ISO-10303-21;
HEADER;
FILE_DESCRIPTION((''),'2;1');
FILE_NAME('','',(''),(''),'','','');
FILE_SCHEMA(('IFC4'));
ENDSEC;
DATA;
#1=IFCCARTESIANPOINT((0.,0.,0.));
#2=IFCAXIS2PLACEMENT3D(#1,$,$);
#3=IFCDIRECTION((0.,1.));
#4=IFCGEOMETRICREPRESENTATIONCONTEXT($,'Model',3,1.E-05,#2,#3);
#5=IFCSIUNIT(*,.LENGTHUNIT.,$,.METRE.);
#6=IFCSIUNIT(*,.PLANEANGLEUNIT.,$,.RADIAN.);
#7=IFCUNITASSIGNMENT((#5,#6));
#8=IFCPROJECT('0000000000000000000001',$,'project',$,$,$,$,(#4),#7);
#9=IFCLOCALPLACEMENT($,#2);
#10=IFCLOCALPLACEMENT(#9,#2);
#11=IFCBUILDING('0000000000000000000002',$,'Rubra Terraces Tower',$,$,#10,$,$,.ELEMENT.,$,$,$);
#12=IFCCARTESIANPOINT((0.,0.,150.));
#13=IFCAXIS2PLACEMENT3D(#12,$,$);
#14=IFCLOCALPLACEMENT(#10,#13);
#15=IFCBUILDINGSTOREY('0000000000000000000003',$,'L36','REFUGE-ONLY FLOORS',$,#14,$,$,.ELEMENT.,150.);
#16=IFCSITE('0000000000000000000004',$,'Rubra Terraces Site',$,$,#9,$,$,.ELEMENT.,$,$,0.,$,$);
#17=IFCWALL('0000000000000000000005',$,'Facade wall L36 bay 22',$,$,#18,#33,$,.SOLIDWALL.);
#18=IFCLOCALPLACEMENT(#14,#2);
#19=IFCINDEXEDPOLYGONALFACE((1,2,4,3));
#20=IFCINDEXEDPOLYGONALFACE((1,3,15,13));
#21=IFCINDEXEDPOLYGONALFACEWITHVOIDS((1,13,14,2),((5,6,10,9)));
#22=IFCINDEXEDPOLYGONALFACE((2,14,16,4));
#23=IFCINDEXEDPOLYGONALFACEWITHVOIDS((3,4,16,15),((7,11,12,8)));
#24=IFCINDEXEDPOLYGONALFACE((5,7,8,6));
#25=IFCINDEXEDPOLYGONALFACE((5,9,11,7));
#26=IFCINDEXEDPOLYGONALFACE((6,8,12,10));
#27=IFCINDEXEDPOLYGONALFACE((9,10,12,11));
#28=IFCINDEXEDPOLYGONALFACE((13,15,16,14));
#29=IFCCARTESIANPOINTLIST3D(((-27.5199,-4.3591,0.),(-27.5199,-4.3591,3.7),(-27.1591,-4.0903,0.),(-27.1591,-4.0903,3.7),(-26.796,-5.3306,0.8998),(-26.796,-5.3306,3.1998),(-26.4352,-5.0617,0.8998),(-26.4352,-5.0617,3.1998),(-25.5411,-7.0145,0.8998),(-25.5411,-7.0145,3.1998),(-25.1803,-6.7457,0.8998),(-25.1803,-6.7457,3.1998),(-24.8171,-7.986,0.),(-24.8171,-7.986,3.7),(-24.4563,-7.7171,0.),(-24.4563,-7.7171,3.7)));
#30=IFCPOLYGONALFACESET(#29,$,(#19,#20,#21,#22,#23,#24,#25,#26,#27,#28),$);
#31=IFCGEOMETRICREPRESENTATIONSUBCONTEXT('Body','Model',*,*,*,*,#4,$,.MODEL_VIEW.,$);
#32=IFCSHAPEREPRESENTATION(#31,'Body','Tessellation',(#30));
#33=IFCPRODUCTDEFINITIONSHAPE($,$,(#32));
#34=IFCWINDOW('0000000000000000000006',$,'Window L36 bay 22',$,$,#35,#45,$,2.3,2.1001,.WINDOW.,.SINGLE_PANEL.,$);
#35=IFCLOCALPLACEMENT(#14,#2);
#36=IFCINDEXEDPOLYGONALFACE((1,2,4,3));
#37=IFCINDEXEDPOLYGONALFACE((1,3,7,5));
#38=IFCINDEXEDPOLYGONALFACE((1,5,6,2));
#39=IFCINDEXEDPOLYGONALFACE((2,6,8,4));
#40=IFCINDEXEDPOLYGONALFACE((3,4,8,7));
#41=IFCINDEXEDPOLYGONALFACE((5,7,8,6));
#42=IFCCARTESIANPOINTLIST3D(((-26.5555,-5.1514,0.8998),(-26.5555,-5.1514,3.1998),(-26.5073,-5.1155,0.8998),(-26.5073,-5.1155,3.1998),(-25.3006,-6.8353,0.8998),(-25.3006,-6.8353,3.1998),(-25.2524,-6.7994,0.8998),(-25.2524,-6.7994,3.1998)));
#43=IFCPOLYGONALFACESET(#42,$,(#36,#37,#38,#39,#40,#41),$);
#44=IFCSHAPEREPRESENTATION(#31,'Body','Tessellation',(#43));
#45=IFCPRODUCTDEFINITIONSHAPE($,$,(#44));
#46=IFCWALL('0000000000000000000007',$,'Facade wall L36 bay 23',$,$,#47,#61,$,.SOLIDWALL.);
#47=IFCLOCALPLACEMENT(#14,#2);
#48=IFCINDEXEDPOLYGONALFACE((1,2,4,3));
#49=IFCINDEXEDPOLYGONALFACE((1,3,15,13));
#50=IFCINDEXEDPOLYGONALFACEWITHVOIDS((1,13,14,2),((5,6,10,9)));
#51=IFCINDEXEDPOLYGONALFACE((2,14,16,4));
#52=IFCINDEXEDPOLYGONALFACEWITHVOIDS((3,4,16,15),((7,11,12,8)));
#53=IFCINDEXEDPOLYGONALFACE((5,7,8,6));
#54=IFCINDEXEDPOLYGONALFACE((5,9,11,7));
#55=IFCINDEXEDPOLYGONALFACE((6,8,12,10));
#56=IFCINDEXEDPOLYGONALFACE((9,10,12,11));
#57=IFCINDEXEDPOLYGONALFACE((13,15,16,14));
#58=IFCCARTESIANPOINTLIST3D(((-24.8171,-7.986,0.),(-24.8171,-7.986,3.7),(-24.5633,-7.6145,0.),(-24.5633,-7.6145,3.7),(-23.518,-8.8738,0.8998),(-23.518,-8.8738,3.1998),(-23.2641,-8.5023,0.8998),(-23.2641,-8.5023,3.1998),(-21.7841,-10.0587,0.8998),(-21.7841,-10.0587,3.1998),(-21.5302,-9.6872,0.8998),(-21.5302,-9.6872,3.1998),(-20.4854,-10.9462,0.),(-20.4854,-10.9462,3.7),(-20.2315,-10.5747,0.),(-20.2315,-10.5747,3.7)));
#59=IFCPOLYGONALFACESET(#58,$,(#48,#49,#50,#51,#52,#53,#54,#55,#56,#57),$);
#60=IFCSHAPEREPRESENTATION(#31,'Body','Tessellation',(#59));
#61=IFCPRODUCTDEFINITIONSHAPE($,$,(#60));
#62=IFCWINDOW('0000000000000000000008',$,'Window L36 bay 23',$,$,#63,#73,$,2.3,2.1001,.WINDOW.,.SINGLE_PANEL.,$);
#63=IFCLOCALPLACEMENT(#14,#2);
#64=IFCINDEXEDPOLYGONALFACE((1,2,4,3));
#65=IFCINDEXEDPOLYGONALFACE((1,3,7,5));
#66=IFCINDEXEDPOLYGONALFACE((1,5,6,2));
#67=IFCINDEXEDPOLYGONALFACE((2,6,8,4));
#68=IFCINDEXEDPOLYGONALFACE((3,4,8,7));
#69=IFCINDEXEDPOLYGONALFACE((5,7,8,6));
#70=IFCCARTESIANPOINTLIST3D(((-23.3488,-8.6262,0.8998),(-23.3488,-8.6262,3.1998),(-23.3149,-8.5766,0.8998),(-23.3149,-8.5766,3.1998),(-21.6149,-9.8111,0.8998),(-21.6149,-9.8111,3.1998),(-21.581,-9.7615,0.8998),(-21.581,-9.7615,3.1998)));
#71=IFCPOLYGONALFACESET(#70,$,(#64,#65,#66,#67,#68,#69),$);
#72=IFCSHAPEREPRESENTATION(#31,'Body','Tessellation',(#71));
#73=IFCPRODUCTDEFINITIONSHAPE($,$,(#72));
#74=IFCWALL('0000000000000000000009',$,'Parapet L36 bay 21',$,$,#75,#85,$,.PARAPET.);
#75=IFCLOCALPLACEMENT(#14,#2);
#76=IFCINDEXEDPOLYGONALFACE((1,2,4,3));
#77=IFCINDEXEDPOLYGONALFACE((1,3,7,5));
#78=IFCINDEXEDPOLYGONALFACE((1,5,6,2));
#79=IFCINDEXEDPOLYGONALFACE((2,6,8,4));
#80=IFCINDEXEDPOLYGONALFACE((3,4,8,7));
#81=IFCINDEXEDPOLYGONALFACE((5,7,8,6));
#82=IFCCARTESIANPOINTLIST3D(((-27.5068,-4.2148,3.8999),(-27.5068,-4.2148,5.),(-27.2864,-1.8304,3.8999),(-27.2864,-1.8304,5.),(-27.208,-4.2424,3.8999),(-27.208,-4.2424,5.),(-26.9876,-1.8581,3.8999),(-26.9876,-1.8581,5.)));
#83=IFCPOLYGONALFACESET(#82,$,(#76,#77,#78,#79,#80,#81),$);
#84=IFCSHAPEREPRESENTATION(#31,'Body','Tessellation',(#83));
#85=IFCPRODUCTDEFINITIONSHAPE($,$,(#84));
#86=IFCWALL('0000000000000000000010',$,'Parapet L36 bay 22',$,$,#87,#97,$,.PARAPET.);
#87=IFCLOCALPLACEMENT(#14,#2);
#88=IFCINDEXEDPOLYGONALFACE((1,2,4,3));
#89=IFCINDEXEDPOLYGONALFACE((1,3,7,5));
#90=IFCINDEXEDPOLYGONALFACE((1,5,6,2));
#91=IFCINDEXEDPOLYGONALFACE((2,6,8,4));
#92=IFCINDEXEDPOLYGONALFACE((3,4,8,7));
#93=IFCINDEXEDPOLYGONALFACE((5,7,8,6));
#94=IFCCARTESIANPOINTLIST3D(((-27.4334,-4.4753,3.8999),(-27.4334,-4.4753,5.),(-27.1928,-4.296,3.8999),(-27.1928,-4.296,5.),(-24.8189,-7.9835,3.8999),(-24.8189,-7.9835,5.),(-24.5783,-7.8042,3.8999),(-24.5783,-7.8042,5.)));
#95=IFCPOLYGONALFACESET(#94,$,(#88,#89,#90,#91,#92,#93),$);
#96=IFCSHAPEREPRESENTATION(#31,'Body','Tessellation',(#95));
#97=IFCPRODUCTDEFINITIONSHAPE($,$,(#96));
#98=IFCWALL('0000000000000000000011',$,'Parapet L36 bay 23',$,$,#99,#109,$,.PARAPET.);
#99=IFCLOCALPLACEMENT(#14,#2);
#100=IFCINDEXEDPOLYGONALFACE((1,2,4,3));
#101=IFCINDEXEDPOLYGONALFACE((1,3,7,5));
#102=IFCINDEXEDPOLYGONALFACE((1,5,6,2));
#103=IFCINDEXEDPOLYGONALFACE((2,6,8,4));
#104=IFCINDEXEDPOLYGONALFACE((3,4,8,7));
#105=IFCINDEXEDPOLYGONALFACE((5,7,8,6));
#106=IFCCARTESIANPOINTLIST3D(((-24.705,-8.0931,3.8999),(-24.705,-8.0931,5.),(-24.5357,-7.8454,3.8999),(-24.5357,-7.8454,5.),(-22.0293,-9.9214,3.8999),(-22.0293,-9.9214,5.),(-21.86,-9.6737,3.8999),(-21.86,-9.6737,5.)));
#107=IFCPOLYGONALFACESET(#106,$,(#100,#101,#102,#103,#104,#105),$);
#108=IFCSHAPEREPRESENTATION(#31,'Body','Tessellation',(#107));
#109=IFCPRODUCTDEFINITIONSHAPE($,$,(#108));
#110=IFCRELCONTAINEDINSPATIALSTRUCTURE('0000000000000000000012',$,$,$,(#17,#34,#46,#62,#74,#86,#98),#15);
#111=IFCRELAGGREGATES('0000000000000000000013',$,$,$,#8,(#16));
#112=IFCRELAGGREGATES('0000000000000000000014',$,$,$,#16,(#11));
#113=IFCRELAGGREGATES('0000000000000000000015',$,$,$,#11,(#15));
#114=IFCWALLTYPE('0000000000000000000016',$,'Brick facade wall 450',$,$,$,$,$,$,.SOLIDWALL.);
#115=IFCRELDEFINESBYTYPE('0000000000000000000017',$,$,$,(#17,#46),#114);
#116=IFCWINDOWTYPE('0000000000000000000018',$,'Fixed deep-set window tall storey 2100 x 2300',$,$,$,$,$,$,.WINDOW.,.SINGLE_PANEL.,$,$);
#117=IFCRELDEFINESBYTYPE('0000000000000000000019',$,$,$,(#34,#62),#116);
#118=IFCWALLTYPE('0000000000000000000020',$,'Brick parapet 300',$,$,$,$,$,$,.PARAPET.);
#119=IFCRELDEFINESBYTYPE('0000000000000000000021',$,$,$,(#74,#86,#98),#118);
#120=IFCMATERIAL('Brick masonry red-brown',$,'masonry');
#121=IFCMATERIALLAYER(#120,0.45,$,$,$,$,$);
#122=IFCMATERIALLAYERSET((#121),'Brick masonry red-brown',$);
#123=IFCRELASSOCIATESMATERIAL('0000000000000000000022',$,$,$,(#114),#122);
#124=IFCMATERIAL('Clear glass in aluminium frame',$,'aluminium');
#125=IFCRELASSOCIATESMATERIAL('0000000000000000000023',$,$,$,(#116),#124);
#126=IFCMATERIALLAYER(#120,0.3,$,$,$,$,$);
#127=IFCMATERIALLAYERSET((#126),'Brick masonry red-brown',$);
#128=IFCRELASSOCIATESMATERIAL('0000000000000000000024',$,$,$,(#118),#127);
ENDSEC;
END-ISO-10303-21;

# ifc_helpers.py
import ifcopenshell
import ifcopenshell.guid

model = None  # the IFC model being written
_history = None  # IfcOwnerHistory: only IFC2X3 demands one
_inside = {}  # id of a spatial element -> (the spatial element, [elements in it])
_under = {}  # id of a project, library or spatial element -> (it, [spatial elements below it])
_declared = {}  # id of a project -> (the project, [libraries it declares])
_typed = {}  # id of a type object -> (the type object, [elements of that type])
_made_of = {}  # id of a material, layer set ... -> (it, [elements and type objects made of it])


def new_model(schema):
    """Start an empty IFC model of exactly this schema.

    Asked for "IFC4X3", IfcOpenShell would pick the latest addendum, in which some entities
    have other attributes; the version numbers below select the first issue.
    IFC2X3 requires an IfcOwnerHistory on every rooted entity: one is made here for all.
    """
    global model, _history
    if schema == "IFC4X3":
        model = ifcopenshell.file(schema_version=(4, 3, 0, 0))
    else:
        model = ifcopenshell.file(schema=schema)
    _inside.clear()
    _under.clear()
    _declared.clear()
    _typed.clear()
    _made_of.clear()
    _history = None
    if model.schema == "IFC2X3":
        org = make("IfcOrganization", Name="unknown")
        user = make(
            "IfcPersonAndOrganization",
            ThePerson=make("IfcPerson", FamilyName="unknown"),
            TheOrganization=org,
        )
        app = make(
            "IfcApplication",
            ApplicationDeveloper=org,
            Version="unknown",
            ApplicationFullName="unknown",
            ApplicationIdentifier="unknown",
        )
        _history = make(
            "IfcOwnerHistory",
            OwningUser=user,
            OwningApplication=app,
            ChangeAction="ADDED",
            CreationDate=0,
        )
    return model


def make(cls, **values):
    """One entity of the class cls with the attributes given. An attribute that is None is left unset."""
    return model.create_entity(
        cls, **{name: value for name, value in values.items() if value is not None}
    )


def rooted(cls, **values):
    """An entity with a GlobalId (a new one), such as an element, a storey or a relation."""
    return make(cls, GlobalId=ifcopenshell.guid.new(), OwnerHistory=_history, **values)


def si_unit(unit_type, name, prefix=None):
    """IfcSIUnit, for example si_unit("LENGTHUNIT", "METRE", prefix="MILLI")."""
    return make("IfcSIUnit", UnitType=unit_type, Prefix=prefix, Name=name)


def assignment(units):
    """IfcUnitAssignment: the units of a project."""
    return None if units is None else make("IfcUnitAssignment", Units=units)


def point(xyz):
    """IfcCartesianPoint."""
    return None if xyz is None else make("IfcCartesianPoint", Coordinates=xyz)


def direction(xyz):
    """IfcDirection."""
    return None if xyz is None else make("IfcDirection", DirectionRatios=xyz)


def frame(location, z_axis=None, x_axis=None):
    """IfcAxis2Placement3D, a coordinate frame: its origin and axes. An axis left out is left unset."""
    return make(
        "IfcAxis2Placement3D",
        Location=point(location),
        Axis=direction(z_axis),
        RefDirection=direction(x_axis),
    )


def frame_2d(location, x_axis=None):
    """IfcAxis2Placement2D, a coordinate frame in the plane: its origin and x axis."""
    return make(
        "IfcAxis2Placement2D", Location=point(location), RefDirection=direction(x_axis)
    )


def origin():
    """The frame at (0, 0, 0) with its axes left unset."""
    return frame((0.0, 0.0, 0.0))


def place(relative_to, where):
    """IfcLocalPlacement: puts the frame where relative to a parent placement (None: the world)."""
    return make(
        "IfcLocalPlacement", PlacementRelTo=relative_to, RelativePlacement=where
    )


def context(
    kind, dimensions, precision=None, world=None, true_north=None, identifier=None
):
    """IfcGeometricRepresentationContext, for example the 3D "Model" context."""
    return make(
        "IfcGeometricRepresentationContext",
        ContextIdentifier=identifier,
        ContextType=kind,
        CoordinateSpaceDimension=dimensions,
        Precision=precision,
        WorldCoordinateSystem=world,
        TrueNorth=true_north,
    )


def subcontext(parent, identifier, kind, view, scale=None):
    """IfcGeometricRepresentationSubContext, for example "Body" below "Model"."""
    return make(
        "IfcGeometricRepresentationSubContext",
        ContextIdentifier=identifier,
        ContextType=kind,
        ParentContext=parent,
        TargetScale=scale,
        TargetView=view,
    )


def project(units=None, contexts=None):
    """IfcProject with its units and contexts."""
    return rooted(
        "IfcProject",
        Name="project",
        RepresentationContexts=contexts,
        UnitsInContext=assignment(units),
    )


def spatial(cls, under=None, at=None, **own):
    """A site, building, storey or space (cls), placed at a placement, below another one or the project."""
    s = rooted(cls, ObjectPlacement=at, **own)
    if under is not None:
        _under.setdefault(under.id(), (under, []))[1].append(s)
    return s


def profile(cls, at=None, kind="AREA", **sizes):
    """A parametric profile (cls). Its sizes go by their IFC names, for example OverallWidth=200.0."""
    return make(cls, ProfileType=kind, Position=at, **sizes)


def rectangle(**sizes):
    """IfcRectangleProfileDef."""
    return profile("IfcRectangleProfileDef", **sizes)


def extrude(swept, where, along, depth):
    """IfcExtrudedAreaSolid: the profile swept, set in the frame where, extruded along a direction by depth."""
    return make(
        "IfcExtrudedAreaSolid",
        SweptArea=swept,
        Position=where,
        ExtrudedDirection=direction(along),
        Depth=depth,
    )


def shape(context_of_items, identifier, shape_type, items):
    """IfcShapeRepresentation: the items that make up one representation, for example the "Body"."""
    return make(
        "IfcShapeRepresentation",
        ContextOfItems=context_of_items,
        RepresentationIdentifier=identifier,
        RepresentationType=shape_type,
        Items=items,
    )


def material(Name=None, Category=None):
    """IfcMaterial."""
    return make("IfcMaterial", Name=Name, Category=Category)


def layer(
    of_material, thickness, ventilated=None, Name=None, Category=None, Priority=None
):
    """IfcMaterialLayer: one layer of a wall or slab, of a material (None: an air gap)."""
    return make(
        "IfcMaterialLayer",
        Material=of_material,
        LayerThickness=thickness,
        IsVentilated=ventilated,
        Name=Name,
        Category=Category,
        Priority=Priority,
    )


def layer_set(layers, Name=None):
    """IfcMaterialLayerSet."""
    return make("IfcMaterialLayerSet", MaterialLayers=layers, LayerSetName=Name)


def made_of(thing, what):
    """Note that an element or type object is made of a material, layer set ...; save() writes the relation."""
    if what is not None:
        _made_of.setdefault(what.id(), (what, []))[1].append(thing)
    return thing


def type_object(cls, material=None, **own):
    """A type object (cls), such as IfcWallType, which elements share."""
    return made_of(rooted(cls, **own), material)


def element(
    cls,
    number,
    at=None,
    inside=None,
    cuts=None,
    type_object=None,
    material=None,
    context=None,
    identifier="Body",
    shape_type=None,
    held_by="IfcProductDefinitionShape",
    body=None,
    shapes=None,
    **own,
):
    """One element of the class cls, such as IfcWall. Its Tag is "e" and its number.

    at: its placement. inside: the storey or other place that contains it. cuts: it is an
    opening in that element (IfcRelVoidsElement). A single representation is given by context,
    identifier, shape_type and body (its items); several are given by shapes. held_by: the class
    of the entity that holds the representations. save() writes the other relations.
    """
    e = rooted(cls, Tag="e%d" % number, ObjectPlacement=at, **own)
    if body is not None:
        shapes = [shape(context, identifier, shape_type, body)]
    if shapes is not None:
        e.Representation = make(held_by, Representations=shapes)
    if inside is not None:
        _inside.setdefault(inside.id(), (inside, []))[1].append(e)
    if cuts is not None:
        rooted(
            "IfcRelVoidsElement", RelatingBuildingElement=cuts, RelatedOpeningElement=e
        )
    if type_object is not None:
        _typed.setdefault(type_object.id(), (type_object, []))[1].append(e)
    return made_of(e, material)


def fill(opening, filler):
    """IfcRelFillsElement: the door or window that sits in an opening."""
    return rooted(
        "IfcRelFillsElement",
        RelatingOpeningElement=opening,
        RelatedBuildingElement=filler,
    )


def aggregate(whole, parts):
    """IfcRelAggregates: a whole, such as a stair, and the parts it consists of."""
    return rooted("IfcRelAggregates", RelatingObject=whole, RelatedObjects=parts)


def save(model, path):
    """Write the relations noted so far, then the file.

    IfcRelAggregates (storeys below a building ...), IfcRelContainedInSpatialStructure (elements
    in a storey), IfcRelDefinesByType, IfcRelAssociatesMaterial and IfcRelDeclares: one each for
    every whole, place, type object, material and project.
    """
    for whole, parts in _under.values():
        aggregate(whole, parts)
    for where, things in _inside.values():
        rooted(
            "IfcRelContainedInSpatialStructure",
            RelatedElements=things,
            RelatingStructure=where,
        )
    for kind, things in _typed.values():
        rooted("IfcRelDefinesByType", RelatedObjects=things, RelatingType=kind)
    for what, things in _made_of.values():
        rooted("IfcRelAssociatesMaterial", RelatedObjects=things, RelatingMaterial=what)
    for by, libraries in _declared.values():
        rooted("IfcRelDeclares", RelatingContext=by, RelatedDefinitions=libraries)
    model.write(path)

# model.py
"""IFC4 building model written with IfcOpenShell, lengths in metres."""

from ifc_helpers import new_model, si_unit, direction, frame, frame_2d, origin, place, context, subcontext, project, spatial, rectangle, extrude, material, layer, layer_set, type_object, element, fill, save


model = new_model("IFC4")

# Units and contexts
model_context = context("Model", 3, precision=1e-05, world=origin(), true_north=direction((0.0, 1.0)))
body_context = subcontext(model_context, "Body", "Model", "MODEL_VIEW")
ifc_project = project(units=[si_unit("LENGTHUNIT", "METRE"), si_unit("PLANEANGLEUNIT", "RADIAN")], contexts=[model_context])

# Site, building, storey
site_placement = place(None, origin())
site = spatial("IfcSite", under=ifc_project, at=site_placement, Name="Rubra Terraces Site", CompositionType="ELEMENT", RefElevation=0.0)
building_placement = place(site_placement, origin())
building = spatial("IfcBuilding", under=site, at=building_placement, Name="Rubra Terraces Tower", CompositionType="ELEMENT")
storey_placement = place(building_placement, frame((0.0, 0.0, 150.0)))
storey = spatial("IfcBuildingStorey", under=building, at=storey_placement, Name="L36", Description="REFUGE-ONLY FLOORS", CompositionType="ELEMENT", Elevation=150.0)

# Walls, openings, windows
ifc_material_1 = material(Name="Brick masonry red-brown", Category="masonry")
ifc_layer_1 = layer(ifc_material_1, 0.45)
ifc_layer_set_1 = layer_set([ifc_layer_1], Name="Brick masonry red-brown")
wall_type_1 = type_object("IfcWallType", Name="Brick facade wall 450", PredefinedType="SOLIDWALL", material=ifc_layer_set_1)
ifc_material_2 = material(Name="Clear glass in aluminium frame", Category="aluminium")
window_type = type_object("IfcWindowType", Name="Fixed deep-set window tall storey 2100 x 2300", PartitioningType="SINGLE_PANEL", PredefinedType="WINDOW", material=ifc_material_2)
wall_1_placement = place(storey_placement, frame((-27.3396, -4.2246, 0.0), z_axis=(0.0, 0.0, 1.0), x_axis=(0.597545, -0.801836, 0.0)))
wall_1 = element("IfcWall", 1, at=wall_1_placement, inside=storey, type_object=wall_type_1, Name="Facade wall L36 bay 22", PredefinedType="SOLIDWALL", context=body_context, shape_type="SweptSolid", body=[
    extrude(rectangle(XDim=4.5232, YDim=0.45, at=frame_2d((2.2617, 0.0))), origin(), (0.0, 0.0, 1.0), 3.7),
])
opening_1_placement = place(wall_1_placement, frame((1.2117, 0.0, 0.8999)))
opening_1 = element("IfcOpeningElement", 2, at=opening_1_placement, cuts=wall_1, PredefinedType="OPENING", context=body_context, shape_type="SweptSolid", body=[
    extrude(rectangle(XDim=2.1001, YDim=2.3, at=frame_2d((1.05, 1.1499))), frame((0.0, 0.2349, 0.0), z_axis=(0.0, -1.0, 0.0), x_axis=(1.0, 0.0, 0.0)), (0.0, 0.0, 1.0), 0.47),
])
window_1_placement = place(opening_1_placement, origin())
window_1 = element("IfcWindow", 3, at=window_1_placement, inside=storey, type_object=window_type, Name="Window L36 bay 22", OverallHeight=2.3, OverallWidth=2.1001, PartitioningType="SINGLE_PANEL", PredefinedType="WINDOW", context=body_context, shape_type="SweptSolid", body=[
    extrude(rectangle(XDim=2.1001, YDim=2.3, at=frame_2d((1.05, 1.1499))), frame((0.0, 0.135, 0.0), z_axis=(0.0, -1.0, 0.0), x_axis=(1.0, 0.0, 0.0)), (0.0, 0.0, 1.0), 0.0601),
])
fill(opening_1, window_1)
wall_2_placement = place(storey_placement, frame((-24.6902, -7.8003, 0.0), z_axis=(0.0, 0.0, 1.0), x_axis=(0.825631, -0.56421, 0.0)))
wall_2 = element("IfcWall", 4, at=wall_2_placement, inside=storey, type_object=wall_type_1, Name="Facade wall L36 bay 23", PredefinedType="SOLIDWALL", context=body_context, shape_type="SweptSolid", body=[
    extrude(rectangle(XDim=5.2466, YDim=0.45, at=frame_2d((2.6233, 0.0))), origin(), (0.0, 0.0, 1.0), 3.7),
])
opening_2_placement = place(wall_2_placement, frame((1.5735, 0.0, 0.8999)))
opening_2 = element("IfcOpeningElement", 5, at=opening_2_placement, cuts=wall_2, PredefinedType="OPENING", context=body_context, shape_type="SweptSolid", body=[
    extrude(rectangle(XDim=2.1001, YDim=2.3, at=frame_2d((1.05, 1.1499))), frame((0.0, 0.2349, 0.0), z_axis=(0.0, -1.0, 0.0), x_axis=(1.0, 0.0, 0.0)), (0.0, 0.0, 1.0), 0.47),
])
window_2_placement = place(opening_2_placement, origin())
window_2 = element("IfcWindow", 6, at=window_2_placement, inside=storey, type_object=window_type, Name="Window L36 bay 23", OverallHeight=2.3, OverallWidth=2.1001, PartitioningType="SINGLE_PANEL", PredefinedType="WINDOW", context=body_context, shape_type="SweptSolid", body=[
    extrude(rectangle(XDim=2.1001, YDim=2.3, at=frame_2d((1.05, 1.1499))), frame((0.0, 0.135, 0.0), z_axis=(0.0, -1.0, 0.0), x_axis=(1.0, 0.0, 0.0)), (0.0, 0.0, 1.0), 0.0601),
])
fill(opening_2, window_2)

# Walls
ifc_layer_2 = layer(ifc_material_1, 0.3)
ifc_layer_set_2 = layer_set([ifc_layer_2], Name="Brick masonry red-brown")
wall_type_2 = type_object("IfcWallType", Name="Brick parapet 300", PredefinedType="PARAPET", material=ifc_layer_set_2)
wall_3_placement = place(storey_placement, frame((-27.137, -1.8442, 3.8999), z_axis=(0.0, 0.0, 1.0), x_axis=(-0.092071, -0.995752, 0.0)))
element("IfcWall", 7, at=wall_3_placement, inside=storey, type_object=wall_type_2, Name="Parapet L36 bay 21", PredefinedType="PARAPET", context=body_context, shape_type="SweptSolid", body=[
    extrude(rectangle(XDim=2.3945, YDim=0.3, at=frame_2d((1.1973, 0.0))), origin(), (0.0, 0.0, 1.0), 1.1001),
])
wall_4_placement = place(storey_placement, frame((-27.313, -4.3857, 3.8999), z_axis=(0.0, 0.0, 1.0), x_axis=(0.597551, -0.801831, 0.0)))
element("IfcWall", 8, at=wall_4_placement, inside=storey, type_object=wall_type_2, Name="Parapet L36 bay 22", PredefinedType="PARAPET", context=body_context, shape_type="SweptSolid", body=[
    extrude(rectangle(XDim=4.3752, YDim=0.3, at=frame_2d((2.1875, 0.0))), origin(), (0.0, 0.0, 1.0), 1.1001),
])
wall_5_placement = place(storey_placement, frame((-24.6204, -7.9692, 3.8999), z_axis=(0.0, 0.0, 1.0), x_axis=(0.825656, -0.564173, 0.0)))
element("IfcWall", 9, at=wall_5_placement, inside=storey, type_object=wall_type_2, Name="Parapet L36 bay 23", PredefinedType="PARAPET", context=body_context, shape_type="SweptSolid", body=[
    extrude(rectangle(XDim=3.2407, YDim=0.3, at=frame_2d((1.6204, 0.0))), origin(), (0.0, 0.0, 1.0), 1.1001),
])

save(model, "model.ifc")
